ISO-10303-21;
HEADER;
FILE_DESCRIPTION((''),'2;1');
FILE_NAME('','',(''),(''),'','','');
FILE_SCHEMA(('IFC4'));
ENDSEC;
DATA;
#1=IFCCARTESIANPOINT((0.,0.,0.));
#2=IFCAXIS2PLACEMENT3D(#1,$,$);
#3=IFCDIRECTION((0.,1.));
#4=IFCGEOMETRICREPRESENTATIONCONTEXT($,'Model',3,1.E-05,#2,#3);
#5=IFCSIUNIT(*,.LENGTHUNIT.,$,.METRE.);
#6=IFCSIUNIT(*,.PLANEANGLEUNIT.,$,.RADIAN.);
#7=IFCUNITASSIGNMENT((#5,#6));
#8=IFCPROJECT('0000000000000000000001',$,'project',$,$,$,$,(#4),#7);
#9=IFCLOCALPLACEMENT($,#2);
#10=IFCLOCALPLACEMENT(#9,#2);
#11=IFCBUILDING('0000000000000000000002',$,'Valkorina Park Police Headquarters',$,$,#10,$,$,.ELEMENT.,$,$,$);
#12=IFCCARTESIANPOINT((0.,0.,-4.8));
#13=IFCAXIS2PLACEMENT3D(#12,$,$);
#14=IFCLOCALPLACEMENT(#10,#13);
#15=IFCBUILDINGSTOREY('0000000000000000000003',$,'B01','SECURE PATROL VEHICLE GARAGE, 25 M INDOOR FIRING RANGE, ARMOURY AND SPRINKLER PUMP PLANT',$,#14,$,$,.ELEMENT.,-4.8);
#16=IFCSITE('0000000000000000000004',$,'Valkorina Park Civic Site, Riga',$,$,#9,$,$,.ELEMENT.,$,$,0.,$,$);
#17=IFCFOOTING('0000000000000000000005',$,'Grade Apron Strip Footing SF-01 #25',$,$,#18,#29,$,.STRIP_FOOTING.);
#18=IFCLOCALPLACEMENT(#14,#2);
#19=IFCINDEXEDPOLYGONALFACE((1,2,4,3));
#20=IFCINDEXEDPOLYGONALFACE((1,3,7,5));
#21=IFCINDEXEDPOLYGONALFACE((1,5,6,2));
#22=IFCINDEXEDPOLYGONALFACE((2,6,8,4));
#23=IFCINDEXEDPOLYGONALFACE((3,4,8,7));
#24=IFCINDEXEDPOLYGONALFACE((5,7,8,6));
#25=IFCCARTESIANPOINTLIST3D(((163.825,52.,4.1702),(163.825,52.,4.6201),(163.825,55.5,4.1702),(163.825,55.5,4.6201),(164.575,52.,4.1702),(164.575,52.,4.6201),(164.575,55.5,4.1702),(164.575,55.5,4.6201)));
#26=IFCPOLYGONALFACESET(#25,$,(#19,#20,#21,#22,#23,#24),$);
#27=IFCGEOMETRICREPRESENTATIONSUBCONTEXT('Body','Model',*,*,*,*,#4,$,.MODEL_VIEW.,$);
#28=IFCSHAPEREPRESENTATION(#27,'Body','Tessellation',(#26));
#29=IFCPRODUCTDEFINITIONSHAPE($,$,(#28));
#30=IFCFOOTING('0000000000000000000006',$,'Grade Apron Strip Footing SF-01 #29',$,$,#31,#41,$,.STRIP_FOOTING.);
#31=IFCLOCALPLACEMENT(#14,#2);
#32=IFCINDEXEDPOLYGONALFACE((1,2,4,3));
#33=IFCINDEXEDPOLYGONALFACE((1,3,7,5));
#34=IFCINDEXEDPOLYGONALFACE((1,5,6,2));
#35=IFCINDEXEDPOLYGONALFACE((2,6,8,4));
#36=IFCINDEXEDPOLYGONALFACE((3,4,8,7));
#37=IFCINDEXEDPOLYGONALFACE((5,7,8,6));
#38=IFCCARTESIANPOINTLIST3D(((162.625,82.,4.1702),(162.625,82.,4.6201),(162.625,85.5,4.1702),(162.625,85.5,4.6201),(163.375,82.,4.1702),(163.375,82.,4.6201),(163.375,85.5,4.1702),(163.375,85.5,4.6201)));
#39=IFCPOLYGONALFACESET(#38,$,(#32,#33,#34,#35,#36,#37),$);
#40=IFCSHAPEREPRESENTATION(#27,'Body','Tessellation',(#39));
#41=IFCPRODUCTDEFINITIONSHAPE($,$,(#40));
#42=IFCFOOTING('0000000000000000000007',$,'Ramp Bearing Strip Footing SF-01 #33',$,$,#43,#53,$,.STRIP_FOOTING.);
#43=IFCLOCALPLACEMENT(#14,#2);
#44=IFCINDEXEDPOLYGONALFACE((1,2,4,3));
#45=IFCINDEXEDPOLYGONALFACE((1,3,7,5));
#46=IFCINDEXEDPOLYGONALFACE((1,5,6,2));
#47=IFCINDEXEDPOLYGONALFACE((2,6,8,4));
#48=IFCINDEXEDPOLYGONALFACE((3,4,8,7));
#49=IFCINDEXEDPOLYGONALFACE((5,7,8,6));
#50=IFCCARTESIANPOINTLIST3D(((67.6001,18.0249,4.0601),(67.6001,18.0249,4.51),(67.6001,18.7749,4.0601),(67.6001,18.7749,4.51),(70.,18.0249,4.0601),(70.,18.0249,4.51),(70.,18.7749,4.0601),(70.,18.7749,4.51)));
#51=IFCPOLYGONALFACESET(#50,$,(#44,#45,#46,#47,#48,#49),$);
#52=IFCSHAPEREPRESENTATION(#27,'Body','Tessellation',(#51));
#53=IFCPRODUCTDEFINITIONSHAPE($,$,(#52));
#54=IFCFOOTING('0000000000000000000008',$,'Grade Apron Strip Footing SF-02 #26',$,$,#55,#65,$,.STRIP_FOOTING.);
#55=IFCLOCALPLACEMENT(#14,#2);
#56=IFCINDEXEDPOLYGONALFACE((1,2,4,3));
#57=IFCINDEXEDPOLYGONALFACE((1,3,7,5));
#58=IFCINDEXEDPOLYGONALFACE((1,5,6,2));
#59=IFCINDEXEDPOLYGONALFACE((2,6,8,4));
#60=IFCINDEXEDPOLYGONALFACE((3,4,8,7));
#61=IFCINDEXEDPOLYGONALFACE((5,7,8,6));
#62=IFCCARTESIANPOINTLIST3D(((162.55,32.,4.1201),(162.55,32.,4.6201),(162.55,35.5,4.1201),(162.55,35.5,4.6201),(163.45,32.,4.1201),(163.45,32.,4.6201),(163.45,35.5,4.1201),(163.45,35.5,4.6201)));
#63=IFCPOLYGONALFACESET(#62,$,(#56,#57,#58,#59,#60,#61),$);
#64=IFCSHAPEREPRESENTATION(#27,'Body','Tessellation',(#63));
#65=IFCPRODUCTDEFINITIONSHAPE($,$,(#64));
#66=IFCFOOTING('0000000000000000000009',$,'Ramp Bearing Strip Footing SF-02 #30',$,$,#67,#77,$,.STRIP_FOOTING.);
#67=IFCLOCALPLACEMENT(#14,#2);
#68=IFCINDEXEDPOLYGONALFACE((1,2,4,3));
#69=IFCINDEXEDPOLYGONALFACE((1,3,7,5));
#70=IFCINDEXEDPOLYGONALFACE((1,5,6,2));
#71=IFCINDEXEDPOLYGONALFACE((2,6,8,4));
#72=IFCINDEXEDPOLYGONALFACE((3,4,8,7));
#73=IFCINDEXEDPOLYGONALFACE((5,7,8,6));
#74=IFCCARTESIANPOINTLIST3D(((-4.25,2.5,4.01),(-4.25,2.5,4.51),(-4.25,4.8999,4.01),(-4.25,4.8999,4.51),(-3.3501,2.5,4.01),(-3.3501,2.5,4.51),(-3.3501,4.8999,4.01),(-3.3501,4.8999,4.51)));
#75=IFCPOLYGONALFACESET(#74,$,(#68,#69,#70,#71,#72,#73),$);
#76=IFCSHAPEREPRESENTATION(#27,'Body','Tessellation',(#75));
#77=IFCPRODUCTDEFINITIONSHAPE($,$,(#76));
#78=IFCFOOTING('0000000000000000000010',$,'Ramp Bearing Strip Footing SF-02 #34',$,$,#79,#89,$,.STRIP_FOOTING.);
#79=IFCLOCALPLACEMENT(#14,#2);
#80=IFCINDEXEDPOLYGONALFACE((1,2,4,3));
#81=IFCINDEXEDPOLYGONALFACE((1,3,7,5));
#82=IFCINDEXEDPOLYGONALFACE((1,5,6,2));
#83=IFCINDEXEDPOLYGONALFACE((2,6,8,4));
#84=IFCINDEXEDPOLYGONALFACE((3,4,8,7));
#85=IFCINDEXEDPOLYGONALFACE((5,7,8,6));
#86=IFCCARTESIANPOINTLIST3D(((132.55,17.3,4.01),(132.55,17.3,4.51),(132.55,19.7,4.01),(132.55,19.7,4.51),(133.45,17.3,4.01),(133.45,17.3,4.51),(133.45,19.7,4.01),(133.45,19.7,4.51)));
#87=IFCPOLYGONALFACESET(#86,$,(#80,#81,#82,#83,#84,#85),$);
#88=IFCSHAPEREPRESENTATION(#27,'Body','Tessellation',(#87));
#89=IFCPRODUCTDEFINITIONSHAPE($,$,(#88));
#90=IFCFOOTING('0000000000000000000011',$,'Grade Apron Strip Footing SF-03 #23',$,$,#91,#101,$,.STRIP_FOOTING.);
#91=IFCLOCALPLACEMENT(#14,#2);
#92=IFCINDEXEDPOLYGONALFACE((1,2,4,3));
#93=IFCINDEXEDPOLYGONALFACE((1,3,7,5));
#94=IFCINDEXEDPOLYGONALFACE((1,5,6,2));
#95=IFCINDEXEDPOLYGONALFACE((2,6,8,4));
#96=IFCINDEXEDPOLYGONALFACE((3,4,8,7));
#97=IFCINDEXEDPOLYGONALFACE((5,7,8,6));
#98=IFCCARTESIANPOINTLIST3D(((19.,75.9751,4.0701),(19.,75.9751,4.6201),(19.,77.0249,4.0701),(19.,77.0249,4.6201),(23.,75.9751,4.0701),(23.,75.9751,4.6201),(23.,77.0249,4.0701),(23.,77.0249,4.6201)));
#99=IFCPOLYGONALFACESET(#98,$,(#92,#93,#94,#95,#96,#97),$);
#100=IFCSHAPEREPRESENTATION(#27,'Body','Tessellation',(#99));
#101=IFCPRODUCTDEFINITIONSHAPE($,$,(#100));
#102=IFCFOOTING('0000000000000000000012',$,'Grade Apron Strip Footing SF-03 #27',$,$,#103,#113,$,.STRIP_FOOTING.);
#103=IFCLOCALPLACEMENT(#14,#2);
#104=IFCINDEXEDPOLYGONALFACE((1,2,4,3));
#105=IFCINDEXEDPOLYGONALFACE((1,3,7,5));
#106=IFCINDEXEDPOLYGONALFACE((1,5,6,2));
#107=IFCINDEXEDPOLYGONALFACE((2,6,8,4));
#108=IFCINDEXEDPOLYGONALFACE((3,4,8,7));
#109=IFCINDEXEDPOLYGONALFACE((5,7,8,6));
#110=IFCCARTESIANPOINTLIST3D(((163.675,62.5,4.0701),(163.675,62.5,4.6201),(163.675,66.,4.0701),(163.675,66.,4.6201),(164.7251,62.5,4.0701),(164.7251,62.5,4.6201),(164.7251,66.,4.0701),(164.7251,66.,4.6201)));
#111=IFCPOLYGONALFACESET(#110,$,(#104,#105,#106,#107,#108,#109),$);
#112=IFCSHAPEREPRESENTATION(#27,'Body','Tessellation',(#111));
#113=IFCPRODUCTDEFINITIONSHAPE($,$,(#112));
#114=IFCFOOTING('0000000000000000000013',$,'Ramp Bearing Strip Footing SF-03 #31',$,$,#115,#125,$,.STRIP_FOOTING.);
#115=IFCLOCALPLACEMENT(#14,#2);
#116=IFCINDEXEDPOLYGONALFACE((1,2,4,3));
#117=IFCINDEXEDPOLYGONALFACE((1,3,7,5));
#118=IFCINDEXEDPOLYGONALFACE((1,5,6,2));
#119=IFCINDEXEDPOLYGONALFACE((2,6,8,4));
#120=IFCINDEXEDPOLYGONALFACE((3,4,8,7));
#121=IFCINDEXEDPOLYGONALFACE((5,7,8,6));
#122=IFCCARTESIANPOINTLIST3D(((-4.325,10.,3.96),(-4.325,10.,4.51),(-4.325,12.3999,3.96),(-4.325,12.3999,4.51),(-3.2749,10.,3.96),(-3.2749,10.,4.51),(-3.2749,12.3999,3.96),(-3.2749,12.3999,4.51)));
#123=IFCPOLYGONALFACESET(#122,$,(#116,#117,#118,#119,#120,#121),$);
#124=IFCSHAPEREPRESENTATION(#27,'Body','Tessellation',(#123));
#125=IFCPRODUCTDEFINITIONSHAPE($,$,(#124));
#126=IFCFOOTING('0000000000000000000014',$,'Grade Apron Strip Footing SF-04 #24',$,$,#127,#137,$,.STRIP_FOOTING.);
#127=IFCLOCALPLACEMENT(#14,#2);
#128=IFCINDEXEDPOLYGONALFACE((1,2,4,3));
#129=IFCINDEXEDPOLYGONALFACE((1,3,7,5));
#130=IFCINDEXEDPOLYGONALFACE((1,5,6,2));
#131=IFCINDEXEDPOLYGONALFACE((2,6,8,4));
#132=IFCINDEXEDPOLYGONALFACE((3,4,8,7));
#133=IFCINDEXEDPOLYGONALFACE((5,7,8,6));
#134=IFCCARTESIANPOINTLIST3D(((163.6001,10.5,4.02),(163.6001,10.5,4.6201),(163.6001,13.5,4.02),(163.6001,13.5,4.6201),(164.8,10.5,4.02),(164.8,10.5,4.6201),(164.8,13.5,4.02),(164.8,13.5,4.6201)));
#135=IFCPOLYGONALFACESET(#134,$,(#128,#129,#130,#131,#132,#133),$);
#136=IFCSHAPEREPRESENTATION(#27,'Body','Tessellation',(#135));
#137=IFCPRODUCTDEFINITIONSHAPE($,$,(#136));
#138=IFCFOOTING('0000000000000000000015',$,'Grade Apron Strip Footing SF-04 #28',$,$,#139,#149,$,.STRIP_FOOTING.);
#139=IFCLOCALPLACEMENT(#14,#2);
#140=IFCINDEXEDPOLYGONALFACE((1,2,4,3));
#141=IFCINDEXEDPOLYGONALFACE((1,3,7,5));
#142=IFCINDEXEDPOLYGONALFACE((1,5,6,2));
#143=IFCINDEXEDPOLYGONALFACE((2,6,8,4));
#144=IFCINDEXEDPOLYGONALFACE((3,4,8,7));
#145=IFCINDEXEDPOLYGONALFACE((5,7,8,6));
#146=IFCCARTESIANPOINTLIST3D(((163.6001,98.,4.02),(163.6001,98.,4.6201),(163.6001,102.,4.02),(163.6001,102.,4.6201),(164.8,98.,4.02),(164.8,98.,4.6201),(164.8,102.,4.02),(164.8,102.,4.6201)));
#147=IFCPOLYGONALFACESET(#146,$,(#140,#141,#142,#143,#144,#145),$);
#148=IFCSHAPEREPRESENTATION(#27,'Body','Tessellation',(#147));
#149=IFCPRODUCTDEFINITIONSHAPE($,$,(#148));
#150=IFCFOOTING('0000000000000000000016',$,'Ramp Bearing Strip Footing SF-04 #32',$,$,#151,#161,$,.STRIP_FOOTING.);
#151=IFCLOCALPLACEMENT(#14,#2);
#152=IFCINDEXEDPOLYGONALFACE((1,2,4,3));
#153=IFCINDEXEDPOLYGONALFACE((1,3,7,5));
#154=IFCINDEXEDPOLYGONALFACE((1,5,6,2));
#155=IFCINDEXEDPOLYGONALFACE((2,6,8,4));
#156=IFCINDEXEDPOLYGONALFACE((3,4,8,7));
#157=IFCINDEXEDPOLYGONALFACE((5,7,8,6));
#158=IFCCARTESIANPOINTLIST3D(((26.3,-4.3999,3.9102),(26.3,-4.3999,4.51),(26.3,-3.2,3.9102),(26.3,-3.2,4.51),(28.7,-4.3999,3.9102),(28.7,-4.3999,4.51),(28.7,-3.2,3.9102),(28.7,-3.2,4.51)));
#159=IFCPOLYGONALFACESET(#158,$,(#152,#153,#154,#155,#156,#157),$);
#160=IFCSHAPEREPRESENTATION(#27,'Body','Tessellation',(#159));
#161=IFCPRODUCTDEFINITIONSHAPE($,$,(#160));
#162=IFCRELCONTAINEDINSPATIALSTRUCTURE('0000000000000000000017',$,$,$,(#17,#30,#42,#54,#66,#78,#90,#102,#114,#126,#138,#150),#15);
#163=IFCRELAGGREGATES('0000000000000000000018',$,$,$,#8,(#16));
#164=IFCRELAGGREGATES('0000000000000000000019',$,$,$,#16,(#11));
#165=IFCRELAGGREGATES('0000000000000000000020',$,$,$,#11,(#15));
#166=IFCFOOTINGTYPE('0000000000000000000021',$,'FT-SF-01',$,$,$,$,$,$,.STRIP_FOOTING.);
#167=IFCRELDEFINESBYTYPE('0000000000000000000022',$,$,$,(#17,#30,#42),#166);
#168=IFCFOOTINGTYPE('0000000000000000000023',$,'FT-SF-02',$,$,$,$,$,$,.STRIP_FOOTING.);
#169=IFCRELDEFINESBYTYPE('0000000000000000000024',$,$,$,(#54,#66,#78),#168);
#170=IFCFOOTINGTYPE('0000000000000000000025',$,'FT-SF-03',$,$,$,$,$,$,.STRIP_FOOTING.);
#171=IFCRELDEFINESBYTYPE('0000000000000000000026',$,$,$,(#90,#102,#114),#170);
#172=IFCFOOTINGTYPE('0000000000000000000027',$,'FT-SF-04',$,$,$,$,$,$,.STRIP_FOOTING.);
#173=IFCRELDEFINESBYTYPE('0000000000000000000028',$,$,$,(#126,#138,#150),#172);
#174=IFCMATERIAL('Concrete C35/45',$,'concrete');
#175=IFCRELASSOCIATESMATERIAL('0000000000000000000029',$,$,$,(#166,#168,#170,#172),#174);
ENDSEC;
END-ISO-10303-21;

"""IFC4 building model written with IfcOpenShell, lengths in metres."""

from ifc_helpers import new_model, si_unit, direction, frame, origin, origin_2d, place, context, subcontext, project, spatial, polyline, rectangle, outline, extrude, material, material_profile, profile_set, type_object, element, save


model = new_model("IFC4")

# Units and contexts
model_context = context("Model", 3, precision=1e-05, world=origin(), true_north=direction((0.0, 1.0)))
body_context = subcontext(model_context, "Body", "Model", "MODEL_VIEW")
ifc_project = project(units=[si_unit("LENGTHUNIT", "METRE"), si_unit("PLANEANGLEUNIT", "RADIAN")], contexts=[model_context])

# Site, building, storey
site_placement = place(None, origin())
site = spatial("IfcSite", under=ifc_project, at=site_placement, Name="Valkorina Park Civic Site, Riga", CompositionType="ELEMENT", RefElevation=0.0)
building_placement = place(site_placement, origin())
building = spatial("IfcBuilding", under=site, at=building_placement, Name="Valkorina Park Police Headquarters", CompositionType="ELEMENT")
storey_placement = place(building_placement, frame((0.0, 0.0, -4.8)))
storey = spatial("IfcBuildingStorey", under=building, at=storey_placement, Name="B01", Description="SECURE PATROL VEHICLE GARAGE, 25 M INDOOR FIRING RANGE, ARMOURY AND SPRINKLER PUMP PLANT", CompositionType="ELEMENT", Elevation=-4.8)

# Footings
ifc_material_1 = material(Name="Concrete C35/45", Category="concrete")
ifc_material_profile_1 = material_profile(ifc_material_1, rectangle(XDim=0.75, YDim=0.45, at=origin_2d()), Name="SF 750x450")
ifc_profile_set_1 = profile_set([ifc_material_profile_1], Name="Concrete C35/45")
footing_type_1 = type_object("IfcFootingType", Name="FT-SF-01", PredefinedType="STRIP_FOOTING", material=ifc_profile_set_1)
footing_1_placement = place(storey_placement, frame((0.0, 0.0, 4.1702)))
element("IfcFooting", 1, at=footing_1_placement, inside=storey, type_object=footing_type_1, Name="Grade Apron Strip Footing SF-01 #25", PredefinedType="STRIP_FOOTING", context=body_context, shape_type="SweptSolid", body=[
    extrude(outline(polyline([(164.575, 52.0), (164.575, 55.5), (163.825, 55.5), (163.825, 52.0), (164.575, 52.0)])), origin(), (0.0, 0.0, 1.0), 0.45),
])
footing_2_placement = place(storey_placement, frame((0.0, 0.0, 4.1702)))
element("IfcFooting", 2, at=footing_2_placement, inside=storey, type_object=footing_type_1, Name="Grade Apron Strip Footing SF-01 #29", PredefinedType="STRIP_FOOTING", context=body_context, shape_type="SweptSolid", body=[
    extrude(outline(polyline([(163.375, 82.0), (163.375, 85.5), (162.625, 85.5), (162.625, 82.0), (163.375, 82.0)])), origin(), (0.0, 0.0, 1.0), 0.45),
])
footing_3_placement = place(storey_placement, frame((0.0, 0.0, 4.0601)))
element("IfcFooting", 3, at=footing_3_placement, inside=storey, type_object=footing_type_1, Name="Ramp Bearing Strip Footing SF-01 #33", PredefinedType="STRIP_FOOTING", context=body_context, shape_type="SweptSolid", body=[
    extrude(outline(polyline([(70.0, 18.0249), (70.0, 18.7749), (67.6001, 18.7749), (67.6001, 18.0249), (70.0, 18.0249)])), origin(), (0.0, 0.0, 1.0), 0.45),
])
ifc_material_profile_2 = material_profile(ifc_material_1, rectangle(XDim=0.8999, YDim=0.5, at=origin_2d()), Name="SF 900x500")
ifc_profile_set_2 = profile_set([ifc_material_profile_2], Name="Concrete C35/45")
footing_type_2 = type_object("IfcFootingType", Name="FT-SF-02", PredefinedType="STRIP_FOOTING", material=ifc_profile_set_2)
footing_4_placement = place(storey_placement, frame((0.0, 0.0, 4.1201)))
element("IfcFooting", 4, at=footing_4_placement, inside=storey, type_object=footing_type_2, Name="Grade Apron Strip Footing SF-02 #26", PredefinedType="STRIP_FOOTING", context=body_context, shape_type="SweptSolid", body=[
    extrude(outline(polyline([(163.45, 32.0), (163.45, 35.5), (162.55, 35.5), (162.55, 32.0), (163.45, 32.0)])), origin(), (0.0, 0.0, 1.0), 0.5),
])
footing_5_placement = place(storey_placement, frame((0.0, 0.0, 4.01)))
element("IfcFooting", 5, at=footing_5_placement, inside=storey, type_object=footing_type_2, Name="Ramp Bearing Strip Footing SF-02 #30", PredefinedType="STRIP_FOOTING", context=body_context, shape_type="SweptSolid", body=[
    extrude(outline(polyline([(-3.3501, 2.5), (-3.3501, 4.8999), (-4.25, 4.8999), (-4.25, 2.5), (-3.3501, 2.5)])), origin(), (0.0, 0.0, 1.0), 0.5),
])
footing_6_placement = place(storey_placement, frame((0.0, 0.0, 4.01)))
element("IfcFooting", 6, at=footing_6_placement, inside=storey, type_object=footing_type_2, Name="Ramp Bearing Strip Footing SF-02 #34", PredefinedType="STRIP_FOOTING", context=body_context, shape_type="SweptSolid", body=[
    extrude(outline(polyline([(133.45, 17.3), (133.45, 19.7), (132.55, 19.7), (132.55, 17.3), (133.45, 17.3)])), origin(), (0.0, 0.0, 1.0), 0.5),
])
ifc_material_profile_3 = material_profile(ifc_material_1, rectangle(XDim=1.05, YDim=0.55, at=origin_2d()), Name="SF 1050x550")
ifc_profile_set_3 = profile_set([ifc_material_profile_3], Name="Concrete C35/45")
footing_type_3 = type_object("IfcFootingType", Name="FT-SF-03", PredefinedType="STRIP_FOOTING", material=ifc_profile_set_3)
footing_7_placement = place(storey_placement, frame((0.0, 0.0, 4.0701)))
element("IfcFooting", 7, at=footing_7_placement, inside=storey, type_object=footing_type_3, Name="Grade Apron Strip Footing SF-03 #23", PredefinedType="STRIP_FOOTING", context=body_context, shape_type="SweptSolid", body=[
    extrude(outline(polyline([(23.0, 75.9751), (23.0, 77.0249), (19.0, 77.0249), (19.0, 75.9751), (23.0, 75.9751)])), origin(), (0.0, 0.0, 1.0), 0.55),
])
footing_8_placement = place(storey_placement, frame((0.0, 0.0, 4.0701)))
element("IfcFooting", 8, at=footing_8_placement, inside=storey, type_object=footing_type_3, Name="Grade Apron Strip Footing SF-03 #27", PredefinedType="STRIP_FOOTING", context=body_context, shape_type="SweptSolid", body=[
    extrude(outline(polyline([(164.7251, 62.5), (164.7251, 66.0), (163.675, 66.0), (163.675, 62.5), (164.7251, 62.5)])), origin(), (0.0, 0.0, 1.0), 0.55),
])
footing_9_placement = place(storey_placement, frame((0.0, 0.0, 3.96)))
element("IfcFooting", 9, at=footing_9_placement, inside=storey, type_object=footing_type_3, Name="Ramp Bearing Strip Footing SF-03 #31", PredefinedType="STRIP_FOOTING", context=body_context, shape_type="SweptSolid", body=[
    extrude(outline(polyline([(-3.2749, 10.0), (-3.2749, 12.3999), (-4.325, 12.3999), (-4.325, 10.0), (-3.2749, 10.0)])), origin(), (0.0, 0.0, 1.0), 0.55),
])
ifc_material_profile_4 = material_profile(ifc_material_1, rectangle(XDim=1.2, YDim=0.6001, at=origin_2d()), Name="SF 1200x600")
ifc_profile_set_4 = profile_set([ifc_material_profile_4], Name="Concrete C35/45")
footing_type_4 = type_object("IfcFootingType", Name="FT-SF-04", PredefinedType="STRIP_FOOTING", material=ifc_profile_set_4)
footing_10_placement = place(storey_placement, frame((0.0, 0.0, 4.02)))
element("IfcFooting", 10, at=footing_10_placement, inside=storey, type_object=footing_type_4, Name="Grade Apron Strip Footing SF-04 #24", PredefinedType="STRIP_FOOTING", context=body_context, shape_type="SweptSolid", body=[
    extrude(outline(polyline([(164.8, 10.5), (164.8, 13.5), (163.6001, 13.5), (163.6001, 10.5), (164.8, 10.5)])), origin(), (0.0, 0.0, 1.0), 0.6001),
])
footing_11_placement = place(storey_placement, frame((0.0, 0.0, 4.02)))
element("IfcFooting", 11, at=footing_11_placement, inside=storey, type_object=footing_type_4, Name="Grade Apron Strip Footing SF-04 #28", PredefinedType="STRIP_FOOTING", context=body_context, shape_type="SweptSolid", body=[
    extrude(outline(polyline([(164.8, 98.0), (164.8, 102.0), (163.6001, 102.0), (163.6001, 98.0), (164.8, 98.0)])), origin(), (0.0, 0.0, 1.0), 0.6001),
])
footing_12_placement = place(storey_placement, frame((0.0, 0.0, 3.9102)))
element("IfcFooting", 12, at=footing_12_placement, inside=storey, type_object=footing_type_4, Name="Ramp Bearing Strip Footing SF-04 #32", PredefinedType="STRIP_FOOTING", context=body_context, shape_type="SweptSolid", body=[
    extrude(outline(polyline([(28.7, -4.3999), (28.7, -3.2), (26.3, -3.2), (26.3, -4.3999), (28.7, -4.3999)])), origin(), (0.0, 0.0, 1.0), 0.5999),
])

save(model, "model.ifc")
